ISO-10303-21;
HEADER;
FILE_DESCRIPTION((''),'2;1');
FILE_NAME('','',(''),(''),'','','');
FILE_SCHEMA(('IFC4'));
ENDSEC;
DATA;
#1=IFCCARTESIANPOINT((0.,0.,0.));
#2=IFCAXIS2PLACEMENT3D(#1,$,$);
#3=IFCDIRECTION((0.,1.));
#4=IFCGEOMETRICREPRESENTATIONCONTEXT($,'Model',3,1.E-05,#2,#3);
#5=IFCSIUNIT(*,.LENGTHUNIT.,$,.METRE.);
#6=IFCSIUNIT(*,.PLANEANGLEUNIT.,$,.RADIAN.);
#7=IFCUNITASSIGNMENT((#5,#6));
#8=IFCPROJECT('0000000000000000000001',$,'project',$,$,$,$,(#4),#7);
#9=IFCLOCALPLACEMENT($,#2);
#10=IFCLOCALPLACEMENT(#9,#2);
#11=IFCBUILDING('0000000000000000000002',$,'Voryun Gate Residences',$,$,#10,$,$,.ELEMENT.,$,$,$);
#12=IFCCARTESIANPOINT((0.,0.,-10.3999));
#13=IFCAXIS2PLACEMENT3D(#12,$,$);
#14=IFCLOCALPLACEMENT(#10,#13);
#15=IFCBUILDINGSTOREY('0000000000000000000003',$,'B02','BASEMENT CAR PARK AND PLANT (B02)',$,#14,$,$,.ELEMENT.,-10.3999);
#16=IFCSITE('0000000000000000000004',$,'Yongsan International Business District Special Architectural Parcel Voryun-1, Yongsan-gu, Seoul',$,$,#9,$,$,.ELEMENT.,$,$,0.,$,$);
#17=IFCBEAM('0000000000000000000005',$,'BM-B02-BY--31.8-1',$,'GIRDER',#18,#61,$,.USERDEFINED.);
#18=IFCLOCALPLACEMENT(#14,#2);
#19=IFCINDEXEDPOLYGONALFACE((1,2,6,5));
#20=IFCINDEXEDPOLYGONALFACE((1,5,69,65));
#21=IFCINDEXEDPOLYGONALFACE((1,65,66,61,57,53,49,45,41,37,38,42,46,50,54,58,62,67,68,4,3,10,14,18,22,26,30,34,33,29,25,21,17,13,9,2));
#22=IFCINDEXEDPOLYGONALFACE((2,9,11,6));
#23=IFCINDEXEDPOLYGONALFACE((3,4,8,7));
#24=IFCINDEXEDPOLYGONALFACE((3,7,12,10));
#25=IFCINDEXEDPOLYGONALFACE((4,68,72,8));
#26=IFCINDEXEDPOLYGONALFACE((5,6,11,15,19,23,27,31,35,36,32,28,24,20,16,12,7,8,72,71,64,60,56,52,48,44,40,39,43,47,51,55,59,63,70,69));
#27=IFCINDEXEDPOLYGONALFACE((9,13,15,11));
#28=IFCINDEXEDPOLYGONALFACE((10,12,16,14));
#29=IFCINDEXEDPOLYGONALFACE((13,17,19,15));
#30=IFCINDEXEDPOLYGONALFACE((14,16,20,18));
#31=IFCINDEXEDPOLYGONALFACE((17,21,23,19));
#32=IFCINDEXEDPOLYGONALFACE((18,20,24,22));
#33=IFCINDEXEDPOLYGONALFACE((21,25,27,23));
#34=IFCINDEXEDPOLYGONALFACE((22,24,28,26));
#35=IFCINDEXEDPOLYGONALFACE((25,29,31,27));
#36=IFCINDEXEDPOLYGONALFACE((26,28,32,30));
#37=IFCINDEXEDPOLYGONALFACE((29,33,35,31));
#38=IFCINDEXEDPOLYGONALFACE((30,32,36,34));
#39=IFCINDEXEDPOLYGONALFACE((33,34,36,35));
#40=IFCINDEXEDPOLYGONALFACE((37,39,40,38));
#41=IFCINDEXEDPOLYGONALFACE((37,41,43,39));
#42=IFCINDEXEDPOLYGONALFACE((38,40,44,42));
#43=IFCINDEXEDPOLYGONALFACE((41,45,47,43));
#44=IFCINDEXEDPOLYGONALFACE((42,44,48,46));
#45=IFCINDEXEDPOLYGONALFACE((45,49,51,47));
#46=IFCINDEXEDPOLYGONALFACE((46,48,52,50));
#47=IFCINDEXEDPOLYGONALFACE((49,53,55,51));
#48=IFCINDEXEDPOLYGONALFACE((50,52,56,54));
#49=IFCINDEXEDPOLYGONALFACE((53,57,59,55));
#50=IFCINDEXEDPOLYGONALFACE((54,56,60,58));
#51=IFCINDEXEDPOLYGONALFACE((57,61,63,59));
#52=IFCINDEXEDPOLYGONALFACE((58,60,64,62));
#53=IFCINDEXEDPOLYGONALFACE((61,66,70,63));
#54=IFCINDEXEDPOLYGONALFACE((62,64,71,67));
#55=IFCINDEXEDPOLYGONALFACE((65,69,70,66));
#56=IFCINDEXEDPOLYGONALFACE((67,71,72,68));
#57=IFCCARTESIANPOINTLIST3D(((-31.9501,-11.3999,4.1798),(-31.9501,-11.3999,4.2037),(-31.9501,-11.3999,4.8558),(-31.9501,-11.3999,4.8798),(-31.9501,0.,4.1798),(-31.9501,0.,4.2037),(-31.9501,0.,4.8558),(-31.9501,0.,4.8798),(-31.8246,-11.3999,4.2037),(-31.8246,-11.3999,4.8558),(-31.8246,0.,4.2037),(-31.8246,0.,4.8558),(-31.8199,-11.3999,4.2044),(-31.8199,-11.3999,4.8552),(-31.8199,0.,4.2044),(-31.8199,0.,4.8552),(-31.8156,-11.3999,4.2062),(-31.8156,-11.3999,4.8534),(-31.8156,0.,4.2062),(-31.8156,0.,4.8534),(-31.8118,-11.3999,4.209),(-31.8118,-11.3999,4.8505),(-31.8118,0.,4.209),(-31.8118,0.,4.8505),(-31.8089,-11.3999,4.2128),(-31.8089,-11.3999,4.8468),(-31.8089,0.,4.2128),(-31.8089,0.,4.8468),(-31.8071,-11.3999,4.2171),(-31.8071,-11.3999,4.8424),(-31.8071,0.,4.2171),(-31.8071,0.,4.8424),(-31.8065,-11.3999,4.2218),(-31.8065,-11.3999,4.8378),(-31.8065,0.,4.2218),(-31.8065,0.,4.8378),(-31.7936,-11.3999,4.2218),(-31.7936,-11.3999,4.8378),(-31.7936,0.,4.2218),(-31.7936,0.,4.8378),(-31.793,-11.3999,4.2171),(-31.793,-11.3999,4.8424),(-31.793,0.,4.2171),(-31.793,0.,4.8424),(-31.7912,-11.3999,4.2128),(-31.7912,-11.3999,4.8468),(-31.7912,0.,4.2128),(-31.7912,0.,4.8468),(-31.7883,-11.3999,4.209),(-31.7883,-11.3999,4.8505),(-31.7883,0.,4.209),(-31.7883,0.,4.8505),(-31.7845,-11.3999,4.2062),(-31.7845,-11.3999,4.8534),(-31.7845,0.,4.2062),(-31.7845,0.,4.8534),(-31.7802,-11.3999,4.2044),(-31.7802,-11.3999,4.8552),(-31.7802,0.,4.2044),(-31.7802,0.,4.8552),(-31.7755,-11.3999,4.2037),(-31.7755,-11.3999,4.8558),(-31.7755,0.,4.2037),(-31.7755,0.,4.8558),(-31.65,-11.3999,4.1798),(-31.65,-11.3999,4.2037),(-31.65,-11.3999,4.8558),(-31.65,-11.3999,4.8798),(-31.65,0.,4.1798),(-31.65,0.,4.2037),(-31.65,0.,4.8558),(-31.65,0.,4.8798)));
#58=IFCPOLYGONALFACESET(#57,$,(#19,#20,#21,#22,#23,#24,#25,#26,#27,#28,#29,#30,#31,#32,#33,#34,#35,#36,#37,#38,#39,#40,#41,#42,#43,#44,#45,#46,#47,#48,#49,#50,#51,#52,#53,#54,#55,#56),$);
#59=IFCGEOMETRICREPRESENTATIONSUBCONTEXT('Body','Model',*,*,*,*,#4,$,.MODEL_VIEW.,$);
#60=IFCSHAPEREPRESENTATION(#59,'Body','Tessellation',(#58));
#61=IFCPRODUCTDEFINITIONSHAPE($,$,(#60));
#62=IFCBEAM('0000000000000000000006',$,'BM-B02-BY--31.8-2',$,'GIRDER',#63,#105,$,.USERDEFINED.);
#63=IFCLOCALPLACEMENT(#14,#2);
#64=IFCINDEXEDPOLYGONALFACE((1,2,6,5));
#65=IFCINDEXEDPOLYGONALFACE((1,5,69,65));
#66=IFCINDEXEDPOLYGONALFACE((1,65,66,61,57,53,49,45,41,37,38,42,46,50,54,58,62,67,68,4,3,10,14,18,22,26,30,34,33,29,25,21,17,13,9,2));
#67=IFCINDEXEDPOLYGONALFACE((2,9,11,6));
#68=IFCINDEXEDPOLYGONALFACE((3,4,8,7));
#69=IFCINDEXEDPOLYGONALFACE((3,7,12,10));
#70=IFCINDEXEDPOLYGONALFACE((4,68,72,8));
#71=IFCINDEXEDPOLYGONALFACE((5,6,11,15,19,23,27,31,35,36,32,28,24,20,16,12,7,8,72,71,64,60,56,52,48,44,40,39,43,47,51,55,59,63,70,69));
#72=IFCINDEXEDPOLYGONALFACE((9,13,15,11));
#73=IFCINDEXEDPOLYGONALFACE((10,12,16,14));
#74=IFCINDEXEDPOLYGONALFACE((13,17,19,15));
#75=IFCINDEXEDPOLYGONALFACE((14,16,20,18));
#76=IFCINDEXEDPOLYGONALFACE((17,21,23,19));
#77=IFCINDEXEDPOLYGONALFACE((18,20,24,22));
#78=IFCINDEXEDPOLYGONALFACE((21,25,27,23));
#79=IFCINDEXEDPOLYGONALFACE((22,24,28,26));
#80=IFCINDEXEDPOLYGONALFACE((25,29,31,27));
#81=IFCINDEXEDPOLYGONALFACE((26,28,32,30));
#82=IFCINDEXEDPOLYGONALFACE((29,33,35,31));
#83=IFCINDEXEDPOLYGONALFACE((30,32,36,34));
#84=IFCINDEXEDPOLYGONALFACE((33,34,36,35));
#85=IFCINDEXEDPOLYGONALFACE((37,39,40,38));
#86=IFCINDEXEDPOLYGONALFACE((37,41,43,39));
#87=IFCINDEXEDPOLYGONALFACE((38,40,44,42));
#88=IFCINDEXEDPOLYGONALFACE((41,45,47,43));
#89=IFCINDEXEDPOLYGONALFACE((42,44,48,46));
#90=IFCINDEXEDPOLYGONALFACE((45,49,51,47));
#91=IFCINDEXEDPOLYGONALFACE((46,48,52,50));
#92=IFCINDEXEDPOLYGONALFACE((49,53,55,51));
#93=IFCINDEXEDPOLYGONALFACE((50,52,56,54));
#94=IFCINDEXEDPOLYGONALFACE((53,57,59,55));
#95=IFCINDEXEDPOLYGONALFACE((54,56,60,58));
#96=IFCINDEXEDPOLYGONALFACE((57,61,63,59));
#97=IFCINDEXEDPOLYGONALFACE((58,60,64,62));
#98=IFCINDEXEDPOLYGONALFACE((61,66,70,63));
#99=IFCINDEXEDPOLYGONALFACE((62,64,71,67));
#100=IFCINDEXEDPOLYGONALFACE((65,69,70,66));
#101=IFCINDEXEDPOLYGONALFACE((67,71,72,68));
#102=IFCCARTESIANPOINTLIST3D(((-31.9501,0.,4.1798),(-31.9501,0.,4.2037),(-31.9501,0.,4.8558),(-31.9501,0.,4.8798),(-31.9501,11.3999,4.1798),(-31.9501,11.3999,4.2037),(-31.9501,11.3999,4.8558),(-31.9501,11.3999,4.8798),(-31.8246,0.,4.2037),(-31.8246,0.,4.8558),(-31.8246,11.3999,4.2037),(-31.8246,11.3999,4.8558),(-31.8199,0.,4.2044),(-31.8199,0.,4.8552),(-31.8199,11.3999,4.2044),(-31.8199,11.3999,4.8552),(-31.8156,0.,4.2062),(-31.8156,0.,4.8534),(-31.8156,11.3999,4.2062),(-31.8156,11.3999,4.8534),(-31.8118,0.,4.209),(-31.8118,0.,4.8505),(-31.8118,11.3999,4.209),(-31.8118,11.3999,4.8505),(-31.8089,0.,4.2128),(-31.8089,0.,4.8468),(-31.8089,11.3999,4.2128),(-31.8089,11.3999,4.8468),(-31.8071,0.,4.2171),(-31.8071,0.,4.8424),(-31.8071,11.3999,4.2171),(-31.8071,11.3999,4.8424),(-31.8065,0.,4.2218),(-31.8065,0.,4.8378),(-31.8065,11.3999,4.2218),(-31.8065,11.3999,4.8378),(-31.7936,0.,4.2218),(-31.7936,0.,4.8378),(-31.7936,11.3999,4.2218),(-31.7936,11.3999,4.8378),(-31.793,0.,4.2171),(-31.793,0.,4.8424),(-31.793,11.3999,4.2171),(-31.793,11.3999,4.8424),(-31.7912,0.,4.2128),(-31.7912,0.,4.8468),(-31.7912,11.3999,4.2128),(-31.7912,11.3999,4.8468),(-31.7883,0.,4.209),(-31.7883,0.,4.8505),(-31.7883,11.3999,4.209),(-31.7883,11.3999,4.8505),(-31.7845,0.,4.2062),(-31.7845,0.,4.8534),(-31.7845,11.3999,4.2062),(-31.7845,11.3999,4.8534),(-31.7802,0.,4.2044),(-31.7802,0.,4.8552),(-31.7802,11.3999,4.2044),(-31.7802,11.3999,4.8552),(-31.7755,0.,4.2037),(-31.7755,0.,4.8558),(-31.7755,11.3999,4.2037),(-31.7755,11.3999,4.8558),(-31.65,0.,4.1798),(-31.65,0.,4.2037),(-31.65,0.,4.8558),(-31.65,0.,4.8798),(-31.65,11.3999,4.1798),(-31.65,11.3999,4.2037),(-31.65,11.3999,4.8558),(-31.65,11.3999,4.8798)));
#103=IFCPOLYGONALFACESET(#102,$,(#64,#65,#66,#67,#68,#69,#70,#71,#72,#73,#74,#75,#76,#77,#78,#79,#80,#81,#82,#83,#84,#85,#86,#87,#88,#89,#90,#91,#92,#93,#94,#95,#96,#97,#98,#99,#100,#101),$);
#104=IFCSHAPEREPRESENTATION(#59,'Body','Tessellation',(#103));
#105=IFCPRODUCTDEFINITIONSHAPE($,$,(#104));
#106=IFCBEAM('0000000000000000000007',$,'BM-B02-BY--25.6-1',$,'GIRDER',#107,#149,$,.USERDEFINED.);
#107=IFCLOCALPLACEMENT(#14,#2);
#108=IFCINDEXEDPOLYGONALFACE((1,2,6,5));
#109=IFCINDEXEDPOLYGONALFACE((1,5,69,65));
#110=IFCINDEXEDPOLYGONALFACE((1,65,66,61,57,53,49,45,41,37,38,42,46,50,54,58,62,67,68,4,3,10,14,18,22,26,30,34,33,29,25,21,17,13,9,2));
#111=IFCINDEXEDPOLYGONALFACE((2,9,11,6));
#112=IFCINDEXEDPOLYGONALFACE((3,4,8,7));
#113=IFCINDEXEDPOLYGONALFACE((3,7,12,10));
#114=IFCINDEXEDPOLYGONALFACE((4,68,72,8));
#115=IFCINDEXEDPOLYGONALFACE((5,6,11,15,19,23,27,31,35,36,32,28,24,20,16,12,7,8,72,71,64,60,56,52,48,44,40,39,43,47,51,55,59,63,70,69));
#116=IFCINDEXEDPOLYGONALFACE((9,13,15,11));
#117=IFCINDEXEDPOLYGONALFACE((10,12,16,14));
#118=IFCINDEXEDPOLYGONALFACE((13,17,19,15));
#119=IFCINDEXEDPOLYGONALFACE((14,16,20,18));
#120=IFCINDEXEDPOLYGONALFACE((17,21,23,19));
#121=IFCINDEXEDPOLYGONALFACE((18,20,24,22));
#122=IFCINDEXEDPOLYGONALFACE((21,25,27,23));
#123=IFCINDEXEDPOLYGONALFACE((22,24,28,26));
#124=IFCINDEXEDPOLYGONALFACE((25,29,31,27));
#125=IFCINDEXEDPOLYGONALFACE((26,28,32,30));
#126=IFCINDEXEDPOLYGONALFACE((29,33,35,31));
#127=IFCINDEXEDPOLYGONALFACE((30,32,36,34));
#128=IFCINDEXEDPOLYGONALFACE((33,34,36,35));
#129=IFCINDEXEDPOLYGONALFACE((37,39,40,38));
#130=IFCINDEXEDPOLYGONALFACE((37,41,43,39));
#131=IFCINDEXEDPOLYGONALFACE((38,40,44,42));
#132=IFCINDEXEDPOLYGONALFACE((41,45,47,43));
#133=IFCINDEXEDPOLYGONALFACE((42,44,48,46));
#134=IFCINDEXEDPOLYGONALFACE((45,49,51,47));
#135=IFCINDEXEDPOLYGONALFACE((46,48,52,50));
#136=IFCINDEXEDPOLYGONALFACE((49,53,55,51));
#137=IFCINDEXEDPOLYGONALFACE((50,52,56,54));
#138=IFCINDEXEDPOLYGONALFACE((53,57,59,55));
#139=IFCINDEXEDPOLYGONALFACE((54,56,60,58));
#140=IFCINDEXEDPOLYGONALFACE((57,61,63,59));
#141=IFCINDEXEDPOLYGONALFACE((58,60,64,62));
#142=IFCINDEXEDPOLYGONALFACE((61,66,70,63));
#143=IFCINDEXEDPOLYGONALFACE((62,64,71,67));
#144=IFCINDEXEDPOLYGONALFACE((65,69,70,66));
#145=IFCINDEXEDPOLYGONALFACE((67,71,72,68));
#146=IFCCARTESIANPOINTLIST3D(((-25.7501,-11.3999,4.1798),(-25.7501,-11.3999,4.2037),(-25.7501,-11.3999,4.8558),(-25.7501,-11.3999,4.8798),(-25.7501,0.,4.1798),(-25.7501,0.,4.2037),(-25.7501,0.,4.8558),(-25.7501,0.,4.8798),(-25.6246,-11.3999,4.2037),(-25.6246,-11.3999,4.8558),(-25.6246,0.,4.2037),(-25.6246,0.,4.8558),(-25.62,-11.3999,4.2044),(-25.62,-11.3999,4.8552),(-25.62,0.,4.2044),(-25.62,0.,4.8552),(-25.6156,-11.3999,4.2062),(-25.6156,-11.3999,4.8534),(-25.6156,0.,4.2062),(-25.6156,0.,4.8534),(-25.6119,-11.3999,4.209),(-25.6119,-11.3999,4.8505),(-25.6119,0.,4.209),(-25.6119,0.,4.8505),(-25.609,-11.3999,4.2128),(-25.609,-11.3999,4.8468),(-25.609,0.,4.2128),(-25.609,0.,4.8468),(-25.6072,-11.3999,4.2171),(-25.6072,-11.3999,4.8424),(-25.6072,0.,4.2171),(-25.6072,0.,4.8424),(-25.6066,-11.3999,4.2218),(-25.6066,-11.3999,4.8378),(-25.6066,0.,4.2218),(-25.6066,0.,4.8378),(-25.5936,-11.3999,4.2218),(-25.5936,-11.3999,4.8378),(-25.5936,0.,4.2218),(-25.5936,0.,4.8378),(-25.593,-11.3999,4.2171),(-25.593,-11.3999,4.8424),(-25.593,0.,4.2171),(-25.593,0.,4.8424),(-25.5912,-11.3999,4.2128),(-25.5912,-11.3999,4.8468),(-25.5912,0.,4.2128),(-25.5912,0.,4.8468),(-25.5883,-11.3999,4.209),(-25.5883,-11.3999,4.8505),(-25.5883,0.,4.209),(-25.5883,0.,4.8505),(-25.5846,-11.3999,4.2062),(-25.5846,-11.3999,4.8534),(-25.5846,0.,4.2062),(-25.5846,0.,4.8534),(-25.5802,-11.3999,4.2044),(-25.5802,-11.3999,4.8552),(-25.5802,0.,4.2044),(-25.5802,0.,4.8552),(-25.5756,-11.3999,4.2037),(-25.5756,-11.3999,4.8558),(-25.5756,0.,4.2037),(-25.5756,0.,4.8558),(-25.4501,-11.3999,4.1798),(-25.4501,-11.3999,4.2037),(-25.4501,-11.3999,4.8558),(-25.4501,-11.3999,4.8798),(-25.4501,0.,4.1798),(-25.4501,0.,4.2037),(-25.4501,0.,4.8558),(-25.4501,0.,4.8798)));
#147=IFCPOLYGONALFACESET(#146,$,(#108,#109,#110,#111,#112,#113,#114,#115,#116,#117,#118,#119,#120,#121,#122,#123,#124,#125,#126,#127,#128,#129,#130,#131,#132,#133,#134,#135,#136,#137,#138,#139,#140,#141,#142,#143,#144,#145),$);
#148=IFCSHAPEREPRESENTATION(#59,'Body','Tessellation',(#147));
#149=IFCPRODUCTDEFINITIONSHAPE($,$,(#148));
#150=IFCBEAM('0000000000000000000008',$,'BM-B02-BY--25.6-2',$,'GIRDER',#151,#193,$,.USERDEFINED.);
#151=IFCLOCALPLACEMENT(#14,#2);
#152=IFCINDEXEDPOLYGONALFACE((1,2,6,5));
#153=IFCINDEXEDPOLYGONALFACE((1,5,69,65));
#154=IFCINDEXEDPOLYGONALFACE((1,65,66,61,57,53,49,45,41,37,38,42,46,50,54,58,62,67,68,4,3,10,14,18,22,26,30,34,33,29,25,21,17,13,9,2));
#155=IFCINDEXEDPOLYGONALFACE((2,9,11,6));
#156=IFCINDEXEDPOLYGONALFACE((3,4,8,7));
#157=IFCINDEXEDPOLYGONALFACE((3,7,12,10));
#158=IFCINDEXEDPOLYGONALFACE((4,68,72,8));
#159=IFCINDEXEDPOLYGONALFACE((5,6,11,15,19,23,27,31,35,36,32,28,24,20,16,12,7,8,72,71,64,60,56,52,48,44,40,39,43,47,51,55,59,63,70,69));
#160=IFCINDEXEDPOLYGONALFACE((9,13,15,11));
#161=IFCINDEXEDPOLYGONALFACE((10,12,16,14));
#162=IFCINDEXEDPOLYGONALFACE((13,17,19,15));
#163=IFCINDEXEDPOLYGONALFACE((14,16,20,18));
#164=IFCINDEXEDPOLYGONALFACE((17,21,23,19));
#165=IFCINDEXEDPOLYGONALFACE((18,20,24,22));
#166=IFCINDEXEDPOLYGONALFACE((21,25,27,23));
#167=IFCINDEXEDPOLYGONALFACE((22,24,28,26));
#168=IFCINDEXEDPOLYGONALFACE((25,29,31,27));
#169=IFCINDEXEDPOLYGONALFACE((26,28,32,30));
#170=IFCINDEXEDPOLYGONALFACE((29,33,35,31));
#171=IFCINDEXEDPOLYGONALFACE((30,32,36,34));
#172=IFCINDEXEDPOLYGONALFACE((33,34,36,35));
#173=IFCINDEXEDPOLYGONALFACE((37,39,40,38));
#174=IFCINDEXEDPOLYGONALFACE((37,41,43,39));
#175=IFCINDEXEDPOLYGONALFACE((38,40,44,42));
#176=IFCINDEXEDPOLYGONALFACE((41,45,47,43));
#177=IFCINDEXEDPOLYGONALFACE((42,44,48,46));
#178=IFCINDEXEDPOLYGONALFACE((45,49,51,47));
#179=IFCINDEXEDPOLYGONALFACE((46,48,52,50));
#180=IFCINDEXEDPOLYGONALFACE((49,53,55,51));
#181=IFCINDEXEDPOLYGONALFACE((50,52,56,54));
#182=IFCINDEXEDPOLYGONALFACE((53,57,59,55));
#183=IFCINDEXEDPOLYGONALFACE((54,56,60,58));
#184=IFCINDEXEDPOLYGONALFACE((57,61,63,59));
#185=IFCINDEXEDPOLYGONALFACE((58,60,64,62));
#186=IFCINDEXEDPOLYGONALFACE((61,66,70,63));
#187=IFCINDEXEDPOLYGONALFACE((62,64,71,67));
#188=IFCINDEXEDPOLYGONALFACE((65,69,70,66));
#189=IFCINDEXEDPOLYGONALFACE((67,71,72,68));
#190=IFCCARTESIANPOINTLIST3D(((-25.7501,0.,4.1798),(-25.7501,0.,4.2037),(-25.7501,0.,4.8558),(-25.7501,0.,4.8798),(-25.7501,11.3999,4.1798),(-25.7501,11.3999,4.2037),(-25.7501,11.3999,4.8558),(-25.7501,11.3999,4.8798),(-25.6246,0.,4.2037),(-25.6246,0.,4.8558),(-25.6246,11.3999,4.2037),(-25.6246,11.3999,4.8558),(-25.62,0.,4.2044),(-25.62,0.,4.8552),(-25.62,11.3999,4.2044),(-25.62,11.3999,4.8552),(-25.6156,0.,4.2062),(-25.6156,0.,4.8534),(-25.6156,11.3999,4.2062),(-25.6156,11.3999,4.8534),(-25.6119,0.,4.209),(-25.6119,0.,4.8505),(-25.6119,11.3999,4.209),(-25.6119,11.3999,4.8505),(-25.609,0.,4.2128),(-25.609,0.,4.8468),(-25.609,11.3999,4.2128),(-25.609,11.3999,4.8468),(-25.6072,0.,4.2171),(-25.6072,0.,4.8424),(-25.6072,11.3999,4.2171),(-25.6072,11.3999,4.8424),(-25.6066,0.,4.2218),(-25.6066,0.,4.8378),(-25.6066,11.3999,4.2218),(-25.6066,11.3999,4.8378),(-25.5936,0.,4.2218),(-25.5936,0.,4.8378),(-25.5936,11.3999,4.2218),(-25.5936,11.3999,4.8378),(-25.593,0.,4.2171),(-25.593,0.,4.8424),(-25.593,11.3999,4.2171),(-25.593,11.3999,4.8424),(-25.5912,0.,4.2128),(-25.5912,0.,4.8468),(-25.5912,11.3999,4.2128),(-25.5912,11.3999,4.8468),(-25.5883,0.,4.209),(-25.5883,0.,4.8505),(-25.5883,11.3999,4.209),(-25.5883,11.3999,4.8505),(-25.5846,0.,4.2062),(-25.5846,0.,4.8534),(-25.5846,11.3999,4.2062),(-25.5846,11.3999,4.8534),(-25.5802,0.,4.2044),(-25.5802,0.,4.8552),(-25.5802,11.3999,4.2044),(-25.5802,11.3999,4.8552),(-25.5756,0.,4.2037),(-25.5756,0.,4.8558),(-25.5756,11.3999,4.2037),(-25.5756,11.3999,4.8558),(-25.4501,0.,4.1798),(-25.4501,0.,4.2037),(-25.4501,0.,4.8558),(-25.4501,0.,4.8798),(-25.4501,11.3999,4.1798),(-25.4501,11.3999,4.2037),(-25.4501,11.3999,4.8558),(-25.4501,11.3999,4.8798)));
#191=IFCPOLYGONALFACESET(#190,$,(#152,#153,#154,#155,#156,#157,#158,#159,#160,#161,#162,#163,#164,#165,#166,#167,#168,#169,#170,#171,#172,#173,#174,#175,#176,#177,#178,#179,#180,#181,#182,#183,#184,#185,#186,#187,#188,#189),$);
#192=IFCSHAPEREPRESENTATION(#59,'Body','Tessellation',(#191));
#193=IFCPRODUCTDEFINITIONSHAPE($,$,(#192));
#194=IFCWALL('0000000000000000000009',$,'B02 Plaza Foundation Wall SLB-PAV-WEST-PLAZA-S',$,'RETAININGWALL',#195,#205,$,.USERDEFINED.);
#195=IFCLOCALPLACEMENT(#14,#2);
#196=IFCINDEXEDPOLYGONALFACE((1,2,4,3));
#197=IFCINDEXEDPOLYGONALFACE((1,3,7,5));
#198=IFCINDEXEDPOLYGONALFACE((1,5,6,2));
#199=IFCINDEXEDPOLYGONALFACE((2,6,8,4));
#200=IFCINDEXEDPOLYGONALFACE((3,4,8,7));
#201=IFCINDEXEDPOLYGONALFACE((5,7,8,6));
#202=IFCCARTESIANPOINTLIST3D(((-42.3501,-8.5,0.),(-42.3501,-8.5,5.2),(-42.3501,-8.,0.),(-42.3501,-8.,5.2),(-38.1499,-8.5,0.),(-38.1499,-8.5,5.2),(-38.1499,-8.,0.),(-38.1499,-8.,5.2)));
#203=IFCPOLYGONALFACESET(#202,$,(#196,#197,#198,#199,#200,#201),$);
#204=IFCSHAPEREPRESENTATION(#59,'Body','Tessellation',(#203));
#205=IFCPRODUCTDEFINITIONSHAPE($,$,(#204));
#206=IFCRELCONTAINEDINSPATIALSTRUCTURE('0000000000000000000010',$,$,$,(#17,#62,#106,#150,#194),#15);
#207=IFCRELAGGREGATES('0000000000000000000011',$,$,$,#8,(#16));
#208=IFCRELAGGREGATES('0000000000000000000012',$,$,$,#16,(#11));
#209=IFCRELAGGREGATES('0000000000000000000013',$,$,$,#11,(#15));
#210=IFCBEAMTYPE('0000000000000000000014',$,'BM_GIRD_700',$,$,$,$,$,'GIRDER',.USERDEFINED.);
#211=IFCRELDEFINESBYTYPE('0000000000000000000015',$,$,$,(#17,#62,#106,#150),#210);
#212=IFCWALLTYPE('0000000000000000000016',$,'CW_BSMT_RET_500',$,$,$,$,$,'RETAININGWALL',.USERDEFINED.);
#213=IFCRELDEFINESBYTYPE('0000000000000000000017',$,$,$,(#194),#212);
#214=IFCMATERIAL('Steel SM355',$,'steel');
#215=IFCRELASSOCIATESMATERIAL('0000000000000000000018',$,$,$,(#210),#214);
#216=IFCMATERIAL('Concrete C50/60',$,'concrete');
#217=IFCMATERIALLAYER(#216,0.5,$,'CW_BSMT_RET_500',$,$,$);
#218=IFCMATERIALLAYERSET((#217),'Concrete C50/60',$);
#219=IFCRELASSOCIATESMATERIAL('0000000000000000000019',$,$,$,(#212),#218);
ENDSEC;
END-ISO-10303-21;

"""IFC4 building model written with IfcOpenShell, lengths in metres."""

from ifc_helpers import new_model, si_unit, direction, frame, frame_2d, origin, origin_2d, place, context, subcontext, project, spatial, rectangle, i_section, extrude, material, layer, layer_set, material_profile, profile_set, type_object, element, save


model = new_model("IFC4")

# Units and contexts
model_context = context("Model", 3, precision=1e-05, world=origin(), true_north=direction((0.0, 1.0)))
body_context = subcontext(model_context, "Body", "Model", "MODEL_VIEW")
ifc_project = project(units=[si_unit("LENGTHUNIT", "METRE"), si_unit("PLANEANGLEUNIT", "RADIAN")], contexts=[model_context])

# Site, building, storey
site_placement = place(None, origin())
site = spatial("IfcSite", under=ifc_project, at=site_placement, Name="Yongsan International Business District Special Architectural Parcel Voryun-1, Yongsan-gu, Seoul", CompositionType="ELEMENT", RefElevation=0.0)
building_placement = place(site_placement, origin())
building = spatial("IfcBuilding", under=site, at=building_placement, Name="Voryun Gate Residences", CompositionType="ELEMENT")
storey_placement = place(building_placement, frame((0.0, 0.0, -10.3999)))
storey = spatial("IfcBuildingStorey", under=building, at=storey_placement, Name="B02", Description="BASEMENT CAR PARK AND PLANT (B02)", CompositionType="ELEMENT", Elevation=-10.3999)

# Beams
ifc_material_1 = material(Name="Steel SM355", Category="steel")
ifc_material_profile_1 = material_profile(ifc_material_1, i_section(OverallWidth=0.3, OverallDepth=0.7, WebThickness=0.0129, FlangeThickness=0.0239, FilletRadius=0.0181, at=origin_2d()), Name="H-700x300x13x24")
ifc_profile_set_1 = profile_set([ifc_material_profile_1], Name="Steel SM355")
beam_type_1 = type_object("IfcBeamType", Name="BM_GIRD_700", ElementType="GIRDER", PredefinedType="USERDEFINED", material=ifc_profile_set_1)
for number, where, z_axis, x_axis, name in (
    (1, (-31.8, -11.3999, 4.5298), (0.0, 1.0, 0.0), (-1.0, 0.0, 0.0), "BM-B02-BY--31.8-1"),
    (2, (-31.8, 0.0, 4.5298), (0.0, 1.0, 0.0), (-1.0, 0.0, 0.0), "BM-B02-BY--31.8-2"),
    (3, (-25.6001, -11.3999, 4.5298), (0.0, 1.0, 0.0), (-1.0, 0.0, 0.0), "BM-B02-BY--25.6-1"),
    (4, (-25.6001, 0.0, 4.5298), (0.0, 1.0, 0.0), (-1.0, 0.0, 0.0), "BM-B02-BY--25.6-2"),
):
    element("IfcBeam", number, at=place(storey_placement, frame(where, z_axis=z_axis, x_axis=x_axis)), inside=storey, type_object=beam_type_1, Name=name, ObjectType="GIRDER", PredefinedType="USERDEFINED", context=body_context, shape_type="SweptSolid", body=[
        extrude(i_section(OverallWidth=0.3, OverallDepth=0.7, WebThickness=0.0129, FlangeThickness=0.0239, FilletRadius=0.0181, at=origin_2d()), origin(), (0.0, 0.0, 1.0), 11.3999),
    ])

# Wall
ifc_material_2 = material(Name="Concrete C50/60", Category="concrete")
ifc_layer_1 = layer(ifc_material_2, 0.5, Name="CW_BSMT_RET_500")
ifc_layer_set_1 = layer_set([ifc_layer_1], Name="Concrete C50/60")
wall_type_1 = type_object("IfcWallType", Name="CW_BSMT_RET_500", ElementType="RETAININGWALL", PredefinedType="USERDEFINED", material=ifc_layer_set_1)
wall_1_placement = place(storey_placement, frame((-42.3501, -8.25, 0.0), z_axis=(0.0, 0.0, 1.0), x_axis=(1.0, 0.0, 0.0)))
element("IfcWall", 5, at=wall_1_placement, inside=storey, type_object=wall_type_1, Name="B02 Plaza Foundation Wall SLB-PAV-WEST-PLAZA-S", ObjectType="RETAININGWALL", PredefinedType="USERDEFINED", context=body_context, shape_type="SweptSolid", body=[
    extrude(rectangle(XDim=4.2002, YDim=0.5, at=frame_2d((2.1001, 0.0))), origin(), (0.0, 0.0, 1.0), 5.2),
])

save(model, "model.ifc")
